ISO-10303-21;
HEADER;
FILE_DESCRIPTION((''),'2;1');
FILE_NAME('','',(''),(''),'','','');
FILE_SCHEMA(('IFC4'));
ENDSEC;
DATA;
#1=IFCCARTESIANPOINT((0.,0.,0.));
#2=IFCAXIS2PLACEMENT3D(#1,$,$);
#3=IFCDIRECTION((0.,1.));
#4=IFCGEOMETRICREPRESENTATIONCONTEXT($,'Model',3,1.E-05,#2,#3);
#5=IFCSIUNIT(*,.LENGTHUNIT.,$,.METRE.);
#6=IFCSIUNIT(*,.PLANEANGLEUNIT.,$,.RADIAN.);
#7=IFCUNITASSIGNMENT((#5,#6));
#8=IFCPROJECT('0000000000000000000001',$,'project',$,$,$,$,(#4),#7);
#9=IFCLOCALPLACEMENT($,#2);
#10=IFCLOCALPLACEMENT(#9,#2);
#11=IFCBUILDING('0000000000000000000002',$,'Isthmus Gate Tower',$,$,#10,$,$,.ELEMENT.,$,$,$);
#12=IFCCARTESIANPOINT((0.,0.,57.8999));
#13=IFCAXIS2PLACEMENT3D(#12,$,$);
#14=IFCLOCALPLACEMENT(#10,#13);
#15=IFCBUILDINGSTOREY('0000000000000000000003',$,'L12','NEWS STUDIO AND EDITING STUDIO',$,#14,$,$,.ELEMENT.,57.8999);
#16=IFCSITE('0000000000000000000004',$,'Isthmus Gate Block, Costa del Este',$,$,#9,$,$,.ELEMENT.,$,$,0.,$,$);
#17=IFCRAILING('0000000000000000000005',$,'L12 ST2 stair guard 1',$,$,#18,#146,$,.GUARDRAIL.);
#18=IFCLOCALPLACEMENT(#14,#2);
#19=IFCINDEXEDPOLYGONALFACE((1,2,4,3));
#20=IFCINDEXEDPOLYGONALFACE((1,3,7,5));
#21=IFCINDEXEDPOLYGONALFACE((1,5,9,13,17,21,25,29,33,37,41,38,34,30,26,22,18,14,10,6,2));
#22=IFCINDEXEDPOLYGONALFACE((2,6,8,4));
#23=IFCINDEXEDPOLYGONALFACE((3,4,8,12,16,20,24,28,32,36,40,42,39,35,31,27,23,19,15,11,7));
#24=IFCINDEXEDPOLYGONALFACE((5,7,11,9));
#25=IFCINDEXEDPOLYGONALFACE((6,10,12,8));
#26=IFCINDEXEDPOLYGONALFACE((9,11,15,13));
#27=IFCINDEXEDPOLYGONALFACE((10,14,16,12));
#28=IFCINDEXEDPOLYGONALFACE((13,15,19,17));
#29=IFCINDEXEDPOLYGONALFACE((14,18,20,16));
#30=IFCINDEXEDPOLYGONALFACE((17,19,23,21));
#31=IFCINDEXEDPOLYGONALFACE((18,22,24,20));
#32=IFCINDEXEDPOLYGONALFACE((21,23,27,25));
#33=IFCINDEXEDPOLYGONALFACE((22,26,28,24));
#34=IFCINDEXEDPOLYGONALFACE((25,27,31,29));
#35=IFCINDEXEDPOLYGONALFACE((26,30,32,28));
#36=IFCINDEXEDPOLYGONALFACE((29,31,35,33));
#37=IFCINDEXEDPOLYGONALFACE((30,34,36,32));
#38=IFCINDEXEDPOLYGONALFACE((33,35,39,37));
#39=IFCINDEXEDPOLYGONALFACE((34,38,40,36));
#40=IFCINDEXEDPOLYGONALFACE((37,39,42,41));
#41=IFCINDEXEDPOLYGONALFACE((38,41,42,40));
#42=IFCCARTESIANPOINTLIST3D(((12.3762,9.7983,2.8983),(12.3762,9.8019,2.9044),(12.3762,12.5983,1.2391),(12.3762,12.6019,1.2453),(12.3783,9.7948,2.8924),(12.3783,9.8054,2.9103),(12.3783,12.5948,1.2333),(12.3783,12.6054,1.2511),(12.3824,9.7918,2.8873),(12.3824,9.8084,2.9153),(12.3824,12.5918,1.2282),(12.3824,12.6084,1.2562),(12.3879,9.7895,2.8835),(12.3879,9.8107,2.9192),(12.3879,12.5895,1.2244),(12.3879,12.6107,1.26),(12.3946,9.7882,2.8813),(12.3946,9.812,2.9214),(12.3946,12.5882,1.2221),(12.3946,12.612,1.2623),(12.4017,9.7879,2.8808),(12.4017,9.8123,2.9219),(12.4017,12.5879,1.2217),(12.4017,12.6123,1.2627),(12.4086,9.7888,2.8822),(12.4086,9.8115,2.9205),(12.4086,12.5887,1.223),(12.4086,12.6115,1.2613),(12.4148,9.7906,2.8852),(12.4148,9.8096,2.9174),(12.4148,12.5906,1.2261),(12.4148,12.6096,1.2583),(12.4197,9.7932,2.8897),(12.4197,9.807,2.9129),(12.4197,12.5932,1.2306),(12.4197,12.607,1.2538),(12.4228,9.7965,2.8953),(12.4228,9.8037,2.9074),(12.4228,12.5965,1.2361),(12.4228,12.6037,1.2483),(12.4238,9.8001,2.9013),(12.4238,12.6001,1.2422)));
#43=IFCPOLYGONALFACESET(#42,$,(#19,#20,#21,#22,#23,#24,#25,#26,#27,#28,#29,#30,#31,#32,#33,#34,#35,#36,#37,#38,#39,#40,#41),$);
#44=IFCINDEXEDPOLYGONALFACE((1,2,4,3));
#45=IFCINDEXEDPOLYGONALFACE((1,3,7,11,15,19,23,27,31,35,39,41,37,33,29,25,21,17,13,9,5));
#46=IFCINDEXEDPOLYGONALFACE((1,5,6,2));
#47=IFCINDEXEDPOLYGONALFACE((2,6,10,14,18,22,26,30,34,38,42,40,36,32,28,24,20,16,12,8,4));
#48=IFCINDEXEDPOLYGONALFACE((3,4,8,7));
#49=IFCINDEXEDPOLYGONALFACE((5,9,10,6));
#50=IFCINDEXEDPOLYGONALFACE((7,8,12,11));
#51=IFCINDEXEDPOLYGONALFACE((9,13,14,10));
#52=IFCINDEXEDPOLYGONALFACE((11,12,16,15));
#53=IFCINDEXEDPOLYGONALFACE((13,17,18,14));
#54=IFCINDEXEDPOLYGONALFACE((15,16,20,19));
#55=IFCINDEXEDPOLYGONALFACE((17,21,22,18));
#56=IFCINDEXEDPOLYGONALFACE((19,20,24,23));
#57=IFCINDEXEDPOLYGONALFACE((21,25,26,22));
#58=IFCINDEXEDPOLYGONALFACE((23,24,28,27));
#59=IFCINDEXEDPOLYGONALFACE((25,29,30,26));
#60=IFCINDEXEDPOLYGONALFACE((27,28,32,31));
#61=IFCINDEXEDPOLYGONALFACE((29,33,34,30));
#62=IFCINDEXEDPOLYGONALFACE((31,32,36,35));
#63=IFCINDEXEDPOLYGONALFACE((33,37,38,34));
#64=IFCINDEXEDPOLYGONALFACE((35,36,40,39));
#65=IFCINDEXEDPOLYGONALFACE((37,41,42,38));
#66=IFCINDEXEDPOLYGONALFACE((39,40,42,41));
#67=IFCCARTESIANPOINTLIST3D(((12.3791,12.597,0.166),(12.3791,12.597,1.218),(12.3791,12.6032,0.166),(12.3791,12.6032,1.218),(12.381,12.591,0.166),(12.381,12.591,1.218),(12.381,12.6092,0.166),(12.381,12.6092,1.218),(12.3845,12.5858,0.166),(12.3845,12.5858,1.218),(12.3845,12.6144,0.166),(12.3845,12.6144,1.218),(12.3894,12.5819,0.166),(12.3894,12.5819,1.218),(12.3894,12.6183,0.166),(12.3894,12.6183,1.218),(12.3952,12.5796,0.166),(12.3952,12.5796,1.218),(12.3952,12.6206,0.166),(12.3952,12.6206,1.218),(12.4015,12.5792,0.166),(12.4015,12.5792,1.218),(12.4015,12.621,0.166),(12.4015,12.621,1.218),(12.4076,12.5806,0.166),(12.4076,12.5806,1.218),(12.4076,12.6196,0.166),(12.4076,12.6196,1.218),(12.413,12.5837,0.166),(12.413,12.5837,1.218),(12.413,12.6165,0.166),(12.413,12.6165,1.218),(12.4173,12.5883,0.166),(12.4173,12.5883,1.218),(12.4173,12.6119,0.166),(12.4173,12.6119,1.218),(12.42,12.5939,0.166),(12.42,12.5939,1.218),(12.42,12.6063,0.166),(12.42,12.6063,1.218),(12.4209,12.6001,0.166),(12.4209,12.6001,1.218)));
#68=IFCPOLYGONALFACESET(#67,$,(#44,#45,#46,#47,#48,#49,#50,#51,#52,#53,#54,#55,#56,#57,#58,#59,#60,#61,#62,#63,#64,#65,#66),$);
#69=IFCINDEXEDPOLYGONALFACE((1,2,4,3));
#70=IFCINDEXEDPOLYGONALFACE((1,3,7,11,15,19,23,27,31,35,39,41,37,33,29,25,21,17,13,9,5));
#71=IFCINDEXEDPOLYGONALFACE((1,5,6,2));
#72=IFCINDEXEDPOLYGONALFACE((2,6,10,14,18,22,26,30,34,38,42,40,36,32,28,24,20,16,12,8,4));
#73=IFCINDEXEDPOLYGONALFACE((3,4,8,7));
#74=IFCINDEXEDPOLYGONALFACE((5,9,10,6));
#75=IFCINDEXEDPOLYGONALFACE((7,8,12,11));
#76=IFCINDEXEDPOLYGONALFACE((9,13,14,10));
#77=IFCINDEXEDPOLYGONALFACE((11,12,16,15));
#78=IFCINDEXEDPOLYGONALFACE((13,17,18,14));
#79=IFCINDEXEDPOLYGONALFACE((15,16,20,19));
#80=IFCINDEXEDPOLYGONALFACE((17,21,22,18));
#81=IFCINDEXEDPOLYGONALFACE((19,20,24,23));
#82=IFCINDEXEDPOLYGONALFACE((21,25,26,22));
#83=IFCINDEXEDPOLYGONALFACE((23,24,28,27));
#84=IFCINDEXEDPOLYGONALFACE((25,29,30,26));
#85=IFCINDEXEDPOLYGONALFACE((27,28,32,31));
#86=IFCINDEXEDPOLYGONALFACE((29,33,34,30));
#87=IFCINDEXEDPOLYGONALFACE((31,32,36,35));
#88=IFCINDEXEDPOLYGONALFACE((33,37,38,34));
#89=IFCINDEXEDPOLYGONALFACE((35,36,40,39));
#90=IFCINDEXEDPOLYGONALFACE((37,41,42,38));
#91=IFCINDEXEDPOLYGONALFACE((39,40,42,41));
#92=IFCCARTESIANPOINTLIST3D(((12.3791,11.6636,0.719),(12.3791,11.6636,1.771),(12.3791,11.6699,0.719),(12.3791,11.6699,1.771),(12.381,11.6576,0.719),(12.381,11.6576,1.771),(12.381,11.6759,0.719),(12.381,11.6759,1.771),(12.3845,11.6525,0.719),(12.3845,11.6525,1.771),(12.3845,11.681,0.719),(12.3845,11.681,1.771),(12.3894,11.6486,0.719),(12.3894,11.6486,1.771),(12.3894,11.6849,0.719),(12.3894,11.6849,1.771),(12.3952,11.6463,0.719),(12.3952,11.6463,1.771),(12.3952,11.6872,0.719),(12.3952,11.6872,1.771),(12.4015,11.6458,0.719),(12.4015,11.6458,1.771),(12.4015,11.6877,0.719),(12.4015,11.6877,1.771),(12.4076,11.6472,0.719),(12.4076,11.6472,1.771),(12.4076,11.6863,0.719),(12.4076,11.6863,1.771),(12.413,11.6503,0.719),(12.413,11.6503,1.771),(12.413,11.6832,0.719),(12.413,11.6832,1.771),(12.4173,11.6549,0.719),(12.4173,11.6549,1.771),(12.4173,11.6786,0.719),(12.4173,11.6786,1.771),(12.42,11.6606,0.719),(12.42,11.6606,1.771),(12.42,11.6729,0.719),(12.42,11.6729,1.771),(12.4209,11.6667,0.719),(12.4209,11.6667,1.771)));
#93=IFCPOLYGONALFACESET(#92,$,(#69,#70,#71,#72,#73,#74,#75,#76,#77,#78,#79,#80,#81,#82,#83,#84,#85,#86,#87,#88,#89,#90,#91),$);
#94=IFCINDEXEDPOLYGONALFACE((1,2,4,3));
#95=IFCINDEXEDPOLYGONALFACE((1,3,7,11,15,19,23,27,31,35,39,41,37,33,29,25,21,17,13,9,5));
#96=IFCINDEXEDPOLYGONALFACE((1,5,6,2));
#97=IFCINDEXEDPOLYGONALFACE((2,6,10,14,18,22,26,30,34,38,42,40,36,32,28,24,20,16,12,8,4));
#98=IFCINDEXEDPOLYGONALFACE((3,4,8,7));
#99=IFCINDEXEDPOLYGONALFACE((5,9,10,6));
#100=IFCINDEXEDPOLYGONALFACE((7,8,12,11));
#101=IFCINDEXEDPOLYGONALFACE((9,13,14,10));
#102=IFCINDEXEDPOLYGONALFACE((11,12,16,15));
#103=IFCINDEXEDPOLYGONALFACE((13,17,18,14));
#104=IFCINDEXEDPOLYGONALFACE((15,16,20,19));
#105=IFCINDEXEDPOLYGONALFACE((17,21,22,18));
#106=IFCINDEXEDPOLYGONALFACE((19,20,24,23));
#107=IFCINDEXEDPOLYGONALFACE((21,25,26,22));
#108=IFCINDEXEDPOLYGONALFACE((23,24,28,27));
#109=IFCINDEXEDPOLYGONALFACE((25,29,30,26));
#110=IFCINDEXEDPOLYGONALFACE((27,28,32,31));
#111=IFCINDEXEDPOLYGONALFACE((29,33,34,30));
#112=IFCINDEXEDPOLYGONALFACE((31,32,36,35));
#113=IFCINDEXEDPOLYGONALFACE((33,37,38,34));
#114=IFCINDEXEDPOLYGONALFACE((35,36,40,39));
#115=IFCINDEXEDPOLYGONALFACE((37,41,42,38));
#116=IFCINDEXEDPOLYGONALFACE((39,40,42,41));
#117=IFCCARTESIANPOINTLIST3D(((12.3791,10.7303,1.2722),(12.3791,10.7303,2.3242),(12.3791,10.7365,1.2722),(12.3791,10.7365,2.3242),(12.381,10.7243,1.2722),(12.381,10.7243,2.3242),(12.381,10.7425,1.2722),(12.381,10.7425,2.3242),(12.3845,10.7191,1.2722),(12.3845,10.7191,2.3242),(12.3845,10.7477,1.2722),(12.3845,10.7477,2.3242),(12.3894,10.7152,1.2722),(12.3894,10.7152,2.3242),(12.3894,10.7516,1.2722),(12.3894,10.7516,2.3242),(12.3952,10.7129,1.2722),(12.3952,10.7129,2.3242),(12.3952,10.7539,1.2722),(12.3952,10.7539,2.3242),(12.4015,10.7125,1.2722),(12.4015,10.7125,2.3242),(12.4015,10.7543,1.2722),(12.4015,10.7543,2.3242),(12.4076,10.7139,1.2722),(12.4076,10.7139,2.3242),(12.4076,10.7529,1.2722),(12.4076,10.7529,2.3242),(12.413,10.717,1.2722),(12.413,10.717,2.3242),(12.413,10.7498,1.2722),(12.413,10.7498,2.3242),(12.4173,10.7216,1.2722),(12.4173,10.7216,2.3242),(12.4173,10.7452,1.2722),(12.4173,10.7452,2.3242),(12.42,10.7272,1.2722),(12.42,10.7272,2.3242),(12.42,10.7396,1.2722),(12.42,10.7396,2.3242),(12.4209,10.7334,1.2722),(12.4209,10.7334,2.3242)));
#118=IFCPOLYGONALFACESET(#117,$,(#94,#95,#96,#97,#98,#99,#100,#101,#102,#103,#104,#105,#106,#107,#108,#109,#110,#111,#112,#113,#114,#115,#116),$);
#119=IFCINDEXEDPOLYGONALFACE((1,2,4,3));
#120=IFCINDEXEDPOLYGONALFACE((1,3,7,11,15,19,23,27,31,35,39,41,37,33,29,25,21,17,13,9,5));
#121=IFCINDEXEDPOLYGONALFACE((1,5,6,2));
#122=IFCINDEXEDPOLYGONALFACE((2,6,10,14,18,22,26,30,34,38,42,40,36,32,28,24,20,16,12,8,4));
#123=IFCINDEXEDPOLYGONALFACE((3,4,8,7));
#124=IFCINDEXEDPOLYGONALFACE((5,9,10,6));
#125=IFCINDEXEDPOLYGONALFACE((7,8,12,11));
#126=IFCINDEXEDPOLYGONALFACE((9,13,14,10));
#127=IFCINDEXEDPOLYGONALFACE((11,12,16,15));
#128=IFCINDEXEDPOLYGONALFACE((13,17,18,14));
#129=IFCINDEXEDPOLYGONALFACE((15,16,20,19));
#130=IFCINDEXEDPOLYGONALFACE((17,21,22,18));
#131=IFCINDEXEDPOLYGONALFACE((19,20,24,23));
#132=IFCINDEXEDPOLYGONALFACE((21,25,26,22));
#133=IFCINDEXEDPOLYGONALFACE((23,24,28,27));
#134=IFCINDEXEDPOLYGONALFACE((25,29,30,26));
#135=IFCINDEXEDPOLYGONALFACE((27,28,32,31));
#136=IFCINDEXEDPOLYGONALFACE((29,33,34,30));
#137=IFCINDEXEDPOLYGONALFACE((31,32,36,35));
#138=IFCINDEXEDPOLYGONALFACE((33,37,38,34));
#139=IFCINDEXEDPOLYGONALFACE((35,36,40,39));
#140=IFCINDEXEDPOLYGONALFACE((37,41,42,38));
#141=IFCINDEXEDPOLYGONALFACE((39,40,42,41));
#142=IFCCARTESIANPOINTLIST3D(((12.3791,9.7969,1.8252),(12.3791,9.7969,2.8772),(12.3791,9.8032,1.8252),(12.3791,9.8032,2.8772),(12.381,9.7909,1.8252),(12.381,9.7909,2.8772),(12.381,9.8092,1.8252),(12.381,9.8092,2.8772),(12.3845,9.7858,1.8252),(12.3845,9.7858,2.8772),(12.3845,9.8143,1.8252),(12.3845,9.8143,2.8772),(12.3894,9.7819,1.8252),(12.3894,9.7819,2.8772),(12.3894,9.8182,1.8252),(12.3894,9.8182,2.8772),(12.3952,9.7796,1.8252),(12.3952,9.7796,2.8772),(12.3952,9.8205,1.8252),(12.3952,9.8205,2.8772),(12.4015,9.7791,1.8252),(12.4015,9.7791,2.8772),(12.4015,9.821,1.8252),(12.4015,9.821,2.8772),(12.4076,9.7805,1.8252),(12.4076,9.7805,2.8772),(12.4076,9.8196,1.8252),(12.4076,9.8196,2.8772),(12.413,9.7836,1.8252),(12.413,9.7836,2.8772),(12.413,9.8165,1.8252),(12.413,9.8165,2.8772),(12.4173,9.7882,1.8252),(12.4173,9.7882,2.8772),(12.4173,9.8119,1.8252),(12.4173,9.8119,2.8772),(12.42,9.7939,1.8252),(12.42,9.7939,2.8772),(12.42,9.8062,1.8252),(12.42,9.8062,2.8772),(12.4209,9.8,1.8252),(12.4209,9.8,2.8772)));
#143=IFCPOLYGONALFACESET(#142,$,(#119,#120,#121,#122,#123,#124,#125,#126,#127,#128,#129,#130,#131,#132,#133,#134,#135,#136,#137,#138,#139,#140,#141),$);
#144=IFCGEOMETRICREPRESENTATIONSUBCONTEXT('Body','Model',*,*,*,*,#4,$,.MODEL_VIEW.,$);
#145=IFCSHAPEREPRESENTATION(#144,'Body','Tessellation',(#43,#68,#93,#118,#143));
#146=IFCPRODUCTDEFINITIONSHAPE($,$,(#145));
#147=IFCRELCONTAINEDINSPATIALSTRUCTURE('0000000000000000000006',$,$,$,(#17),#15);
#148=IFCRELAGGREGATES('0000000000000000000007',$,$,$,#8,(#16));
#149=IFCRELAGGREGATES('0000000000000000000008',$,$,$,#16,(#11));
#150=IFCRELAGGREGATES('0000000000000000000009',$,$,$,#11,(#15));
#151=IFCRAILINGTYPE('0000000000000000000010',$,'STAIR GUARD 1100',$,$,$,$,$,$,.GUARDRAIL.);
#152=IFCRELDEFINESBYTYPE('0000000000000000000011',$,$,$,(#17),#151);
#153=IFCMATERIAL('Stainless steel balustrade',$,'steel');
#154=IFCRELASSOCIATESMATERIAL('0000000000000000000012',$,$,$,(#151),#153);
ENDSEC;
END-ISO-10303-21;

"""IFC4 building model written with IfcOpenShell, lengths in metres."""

from ifc_helpers import new_model, si_unit, direction, frame, origin, origin_2d, place, context, subcontext, project, spatial, circle, extrude, material, type_object, element, save


model = new_model("IFC4")

# Units and contexts
model_context = context("Model", 3, precision=1e-05, world=origin(), true_north=direction((0.0, 1.0)))
body_context = subcontext(model_context, "Body", "Model", "MODEL_VIEW")
ifc_project = project(units=[si_unit("LENGTHUNIT", "METRE"), si_unit("PLANEANGLEUNIT", "RADIAN")], contexts=[model_context])

# Site, building, storey
site_placement = place(None, origin())
site = spatial("IfcSite", under=ifc_project, at=site_placement, Name="Isthmus Gate Block, Costa del Este", CompositionType="ELEMENT", RefElevation=0.0)
building_placement = place(site_placement, origin())
building = spatial("IfcBuilding", under=site, at=building_placement, Name="Isthmus Gate Tower", CompositionType="ELEMENT")
storey_placement = place(building_placement, frame((0.0, 0.0, 57.8999)))
storey = spatial("IfcBuildingStorey", under=building, at=storey_placement, Name="L12", Description="NEWS STUDIO AND EDITING STUDIO", CompositionType="ELEMENT", Elevation=57.8999)

# Railing
ifc_material_1 = material(Name="Stainless steel balustrade", Category="steel")
railing_type_1 = type_object("IfcRailingType", Name="STAIR GUARD 1100", PredefinedType="GUARDRAIL", material=ifc_material_1)
railing_1_placement = place(storey_placement, frame((12.3999, 12.6001, 0.166)))
element("IfcRailing", 1, at=railing_1_placement, inside=storey, type_object=railing_type_1, Name="L12 ST2 stair guard 1", PredefinedType="GUARDRAIL", context=body_context, shape_type="SweptSolid", body=[
    extrude(circle(Radius=0.0239, at=origin_2d()), frame((0.0, 0.0, 1.0762), z_axis=(0.0, -0.860306, 0.509778), x_axis=(1.0, 0.0, 0.0)), (0.0, 0.0, 1.0), 3.2546),
    extrude(circle(Radius=0.021, at=origin_2d()), origin(), (0.0, 0.0, 1.0), 1.052),
    extrude(circle(Radius=0.021, at=origin_2d()), frame((0.0, -0.9333, 0.553)), (0.0, 0.0, 1.0), 1.052),
    extrude(circle(Radius=0.021, at=origin_2d()), frame((0.0, -1.8667, 1.1062)), (0.0, 0.0, 1.0), 1.052),
    extrude(circle(Radius=0.021, at=origin_2d()), frame((0.0, -2.8, 1.6592)), (0.0, 0.0, 1.0), 1.052),
])

save(model, "model.ifc")
